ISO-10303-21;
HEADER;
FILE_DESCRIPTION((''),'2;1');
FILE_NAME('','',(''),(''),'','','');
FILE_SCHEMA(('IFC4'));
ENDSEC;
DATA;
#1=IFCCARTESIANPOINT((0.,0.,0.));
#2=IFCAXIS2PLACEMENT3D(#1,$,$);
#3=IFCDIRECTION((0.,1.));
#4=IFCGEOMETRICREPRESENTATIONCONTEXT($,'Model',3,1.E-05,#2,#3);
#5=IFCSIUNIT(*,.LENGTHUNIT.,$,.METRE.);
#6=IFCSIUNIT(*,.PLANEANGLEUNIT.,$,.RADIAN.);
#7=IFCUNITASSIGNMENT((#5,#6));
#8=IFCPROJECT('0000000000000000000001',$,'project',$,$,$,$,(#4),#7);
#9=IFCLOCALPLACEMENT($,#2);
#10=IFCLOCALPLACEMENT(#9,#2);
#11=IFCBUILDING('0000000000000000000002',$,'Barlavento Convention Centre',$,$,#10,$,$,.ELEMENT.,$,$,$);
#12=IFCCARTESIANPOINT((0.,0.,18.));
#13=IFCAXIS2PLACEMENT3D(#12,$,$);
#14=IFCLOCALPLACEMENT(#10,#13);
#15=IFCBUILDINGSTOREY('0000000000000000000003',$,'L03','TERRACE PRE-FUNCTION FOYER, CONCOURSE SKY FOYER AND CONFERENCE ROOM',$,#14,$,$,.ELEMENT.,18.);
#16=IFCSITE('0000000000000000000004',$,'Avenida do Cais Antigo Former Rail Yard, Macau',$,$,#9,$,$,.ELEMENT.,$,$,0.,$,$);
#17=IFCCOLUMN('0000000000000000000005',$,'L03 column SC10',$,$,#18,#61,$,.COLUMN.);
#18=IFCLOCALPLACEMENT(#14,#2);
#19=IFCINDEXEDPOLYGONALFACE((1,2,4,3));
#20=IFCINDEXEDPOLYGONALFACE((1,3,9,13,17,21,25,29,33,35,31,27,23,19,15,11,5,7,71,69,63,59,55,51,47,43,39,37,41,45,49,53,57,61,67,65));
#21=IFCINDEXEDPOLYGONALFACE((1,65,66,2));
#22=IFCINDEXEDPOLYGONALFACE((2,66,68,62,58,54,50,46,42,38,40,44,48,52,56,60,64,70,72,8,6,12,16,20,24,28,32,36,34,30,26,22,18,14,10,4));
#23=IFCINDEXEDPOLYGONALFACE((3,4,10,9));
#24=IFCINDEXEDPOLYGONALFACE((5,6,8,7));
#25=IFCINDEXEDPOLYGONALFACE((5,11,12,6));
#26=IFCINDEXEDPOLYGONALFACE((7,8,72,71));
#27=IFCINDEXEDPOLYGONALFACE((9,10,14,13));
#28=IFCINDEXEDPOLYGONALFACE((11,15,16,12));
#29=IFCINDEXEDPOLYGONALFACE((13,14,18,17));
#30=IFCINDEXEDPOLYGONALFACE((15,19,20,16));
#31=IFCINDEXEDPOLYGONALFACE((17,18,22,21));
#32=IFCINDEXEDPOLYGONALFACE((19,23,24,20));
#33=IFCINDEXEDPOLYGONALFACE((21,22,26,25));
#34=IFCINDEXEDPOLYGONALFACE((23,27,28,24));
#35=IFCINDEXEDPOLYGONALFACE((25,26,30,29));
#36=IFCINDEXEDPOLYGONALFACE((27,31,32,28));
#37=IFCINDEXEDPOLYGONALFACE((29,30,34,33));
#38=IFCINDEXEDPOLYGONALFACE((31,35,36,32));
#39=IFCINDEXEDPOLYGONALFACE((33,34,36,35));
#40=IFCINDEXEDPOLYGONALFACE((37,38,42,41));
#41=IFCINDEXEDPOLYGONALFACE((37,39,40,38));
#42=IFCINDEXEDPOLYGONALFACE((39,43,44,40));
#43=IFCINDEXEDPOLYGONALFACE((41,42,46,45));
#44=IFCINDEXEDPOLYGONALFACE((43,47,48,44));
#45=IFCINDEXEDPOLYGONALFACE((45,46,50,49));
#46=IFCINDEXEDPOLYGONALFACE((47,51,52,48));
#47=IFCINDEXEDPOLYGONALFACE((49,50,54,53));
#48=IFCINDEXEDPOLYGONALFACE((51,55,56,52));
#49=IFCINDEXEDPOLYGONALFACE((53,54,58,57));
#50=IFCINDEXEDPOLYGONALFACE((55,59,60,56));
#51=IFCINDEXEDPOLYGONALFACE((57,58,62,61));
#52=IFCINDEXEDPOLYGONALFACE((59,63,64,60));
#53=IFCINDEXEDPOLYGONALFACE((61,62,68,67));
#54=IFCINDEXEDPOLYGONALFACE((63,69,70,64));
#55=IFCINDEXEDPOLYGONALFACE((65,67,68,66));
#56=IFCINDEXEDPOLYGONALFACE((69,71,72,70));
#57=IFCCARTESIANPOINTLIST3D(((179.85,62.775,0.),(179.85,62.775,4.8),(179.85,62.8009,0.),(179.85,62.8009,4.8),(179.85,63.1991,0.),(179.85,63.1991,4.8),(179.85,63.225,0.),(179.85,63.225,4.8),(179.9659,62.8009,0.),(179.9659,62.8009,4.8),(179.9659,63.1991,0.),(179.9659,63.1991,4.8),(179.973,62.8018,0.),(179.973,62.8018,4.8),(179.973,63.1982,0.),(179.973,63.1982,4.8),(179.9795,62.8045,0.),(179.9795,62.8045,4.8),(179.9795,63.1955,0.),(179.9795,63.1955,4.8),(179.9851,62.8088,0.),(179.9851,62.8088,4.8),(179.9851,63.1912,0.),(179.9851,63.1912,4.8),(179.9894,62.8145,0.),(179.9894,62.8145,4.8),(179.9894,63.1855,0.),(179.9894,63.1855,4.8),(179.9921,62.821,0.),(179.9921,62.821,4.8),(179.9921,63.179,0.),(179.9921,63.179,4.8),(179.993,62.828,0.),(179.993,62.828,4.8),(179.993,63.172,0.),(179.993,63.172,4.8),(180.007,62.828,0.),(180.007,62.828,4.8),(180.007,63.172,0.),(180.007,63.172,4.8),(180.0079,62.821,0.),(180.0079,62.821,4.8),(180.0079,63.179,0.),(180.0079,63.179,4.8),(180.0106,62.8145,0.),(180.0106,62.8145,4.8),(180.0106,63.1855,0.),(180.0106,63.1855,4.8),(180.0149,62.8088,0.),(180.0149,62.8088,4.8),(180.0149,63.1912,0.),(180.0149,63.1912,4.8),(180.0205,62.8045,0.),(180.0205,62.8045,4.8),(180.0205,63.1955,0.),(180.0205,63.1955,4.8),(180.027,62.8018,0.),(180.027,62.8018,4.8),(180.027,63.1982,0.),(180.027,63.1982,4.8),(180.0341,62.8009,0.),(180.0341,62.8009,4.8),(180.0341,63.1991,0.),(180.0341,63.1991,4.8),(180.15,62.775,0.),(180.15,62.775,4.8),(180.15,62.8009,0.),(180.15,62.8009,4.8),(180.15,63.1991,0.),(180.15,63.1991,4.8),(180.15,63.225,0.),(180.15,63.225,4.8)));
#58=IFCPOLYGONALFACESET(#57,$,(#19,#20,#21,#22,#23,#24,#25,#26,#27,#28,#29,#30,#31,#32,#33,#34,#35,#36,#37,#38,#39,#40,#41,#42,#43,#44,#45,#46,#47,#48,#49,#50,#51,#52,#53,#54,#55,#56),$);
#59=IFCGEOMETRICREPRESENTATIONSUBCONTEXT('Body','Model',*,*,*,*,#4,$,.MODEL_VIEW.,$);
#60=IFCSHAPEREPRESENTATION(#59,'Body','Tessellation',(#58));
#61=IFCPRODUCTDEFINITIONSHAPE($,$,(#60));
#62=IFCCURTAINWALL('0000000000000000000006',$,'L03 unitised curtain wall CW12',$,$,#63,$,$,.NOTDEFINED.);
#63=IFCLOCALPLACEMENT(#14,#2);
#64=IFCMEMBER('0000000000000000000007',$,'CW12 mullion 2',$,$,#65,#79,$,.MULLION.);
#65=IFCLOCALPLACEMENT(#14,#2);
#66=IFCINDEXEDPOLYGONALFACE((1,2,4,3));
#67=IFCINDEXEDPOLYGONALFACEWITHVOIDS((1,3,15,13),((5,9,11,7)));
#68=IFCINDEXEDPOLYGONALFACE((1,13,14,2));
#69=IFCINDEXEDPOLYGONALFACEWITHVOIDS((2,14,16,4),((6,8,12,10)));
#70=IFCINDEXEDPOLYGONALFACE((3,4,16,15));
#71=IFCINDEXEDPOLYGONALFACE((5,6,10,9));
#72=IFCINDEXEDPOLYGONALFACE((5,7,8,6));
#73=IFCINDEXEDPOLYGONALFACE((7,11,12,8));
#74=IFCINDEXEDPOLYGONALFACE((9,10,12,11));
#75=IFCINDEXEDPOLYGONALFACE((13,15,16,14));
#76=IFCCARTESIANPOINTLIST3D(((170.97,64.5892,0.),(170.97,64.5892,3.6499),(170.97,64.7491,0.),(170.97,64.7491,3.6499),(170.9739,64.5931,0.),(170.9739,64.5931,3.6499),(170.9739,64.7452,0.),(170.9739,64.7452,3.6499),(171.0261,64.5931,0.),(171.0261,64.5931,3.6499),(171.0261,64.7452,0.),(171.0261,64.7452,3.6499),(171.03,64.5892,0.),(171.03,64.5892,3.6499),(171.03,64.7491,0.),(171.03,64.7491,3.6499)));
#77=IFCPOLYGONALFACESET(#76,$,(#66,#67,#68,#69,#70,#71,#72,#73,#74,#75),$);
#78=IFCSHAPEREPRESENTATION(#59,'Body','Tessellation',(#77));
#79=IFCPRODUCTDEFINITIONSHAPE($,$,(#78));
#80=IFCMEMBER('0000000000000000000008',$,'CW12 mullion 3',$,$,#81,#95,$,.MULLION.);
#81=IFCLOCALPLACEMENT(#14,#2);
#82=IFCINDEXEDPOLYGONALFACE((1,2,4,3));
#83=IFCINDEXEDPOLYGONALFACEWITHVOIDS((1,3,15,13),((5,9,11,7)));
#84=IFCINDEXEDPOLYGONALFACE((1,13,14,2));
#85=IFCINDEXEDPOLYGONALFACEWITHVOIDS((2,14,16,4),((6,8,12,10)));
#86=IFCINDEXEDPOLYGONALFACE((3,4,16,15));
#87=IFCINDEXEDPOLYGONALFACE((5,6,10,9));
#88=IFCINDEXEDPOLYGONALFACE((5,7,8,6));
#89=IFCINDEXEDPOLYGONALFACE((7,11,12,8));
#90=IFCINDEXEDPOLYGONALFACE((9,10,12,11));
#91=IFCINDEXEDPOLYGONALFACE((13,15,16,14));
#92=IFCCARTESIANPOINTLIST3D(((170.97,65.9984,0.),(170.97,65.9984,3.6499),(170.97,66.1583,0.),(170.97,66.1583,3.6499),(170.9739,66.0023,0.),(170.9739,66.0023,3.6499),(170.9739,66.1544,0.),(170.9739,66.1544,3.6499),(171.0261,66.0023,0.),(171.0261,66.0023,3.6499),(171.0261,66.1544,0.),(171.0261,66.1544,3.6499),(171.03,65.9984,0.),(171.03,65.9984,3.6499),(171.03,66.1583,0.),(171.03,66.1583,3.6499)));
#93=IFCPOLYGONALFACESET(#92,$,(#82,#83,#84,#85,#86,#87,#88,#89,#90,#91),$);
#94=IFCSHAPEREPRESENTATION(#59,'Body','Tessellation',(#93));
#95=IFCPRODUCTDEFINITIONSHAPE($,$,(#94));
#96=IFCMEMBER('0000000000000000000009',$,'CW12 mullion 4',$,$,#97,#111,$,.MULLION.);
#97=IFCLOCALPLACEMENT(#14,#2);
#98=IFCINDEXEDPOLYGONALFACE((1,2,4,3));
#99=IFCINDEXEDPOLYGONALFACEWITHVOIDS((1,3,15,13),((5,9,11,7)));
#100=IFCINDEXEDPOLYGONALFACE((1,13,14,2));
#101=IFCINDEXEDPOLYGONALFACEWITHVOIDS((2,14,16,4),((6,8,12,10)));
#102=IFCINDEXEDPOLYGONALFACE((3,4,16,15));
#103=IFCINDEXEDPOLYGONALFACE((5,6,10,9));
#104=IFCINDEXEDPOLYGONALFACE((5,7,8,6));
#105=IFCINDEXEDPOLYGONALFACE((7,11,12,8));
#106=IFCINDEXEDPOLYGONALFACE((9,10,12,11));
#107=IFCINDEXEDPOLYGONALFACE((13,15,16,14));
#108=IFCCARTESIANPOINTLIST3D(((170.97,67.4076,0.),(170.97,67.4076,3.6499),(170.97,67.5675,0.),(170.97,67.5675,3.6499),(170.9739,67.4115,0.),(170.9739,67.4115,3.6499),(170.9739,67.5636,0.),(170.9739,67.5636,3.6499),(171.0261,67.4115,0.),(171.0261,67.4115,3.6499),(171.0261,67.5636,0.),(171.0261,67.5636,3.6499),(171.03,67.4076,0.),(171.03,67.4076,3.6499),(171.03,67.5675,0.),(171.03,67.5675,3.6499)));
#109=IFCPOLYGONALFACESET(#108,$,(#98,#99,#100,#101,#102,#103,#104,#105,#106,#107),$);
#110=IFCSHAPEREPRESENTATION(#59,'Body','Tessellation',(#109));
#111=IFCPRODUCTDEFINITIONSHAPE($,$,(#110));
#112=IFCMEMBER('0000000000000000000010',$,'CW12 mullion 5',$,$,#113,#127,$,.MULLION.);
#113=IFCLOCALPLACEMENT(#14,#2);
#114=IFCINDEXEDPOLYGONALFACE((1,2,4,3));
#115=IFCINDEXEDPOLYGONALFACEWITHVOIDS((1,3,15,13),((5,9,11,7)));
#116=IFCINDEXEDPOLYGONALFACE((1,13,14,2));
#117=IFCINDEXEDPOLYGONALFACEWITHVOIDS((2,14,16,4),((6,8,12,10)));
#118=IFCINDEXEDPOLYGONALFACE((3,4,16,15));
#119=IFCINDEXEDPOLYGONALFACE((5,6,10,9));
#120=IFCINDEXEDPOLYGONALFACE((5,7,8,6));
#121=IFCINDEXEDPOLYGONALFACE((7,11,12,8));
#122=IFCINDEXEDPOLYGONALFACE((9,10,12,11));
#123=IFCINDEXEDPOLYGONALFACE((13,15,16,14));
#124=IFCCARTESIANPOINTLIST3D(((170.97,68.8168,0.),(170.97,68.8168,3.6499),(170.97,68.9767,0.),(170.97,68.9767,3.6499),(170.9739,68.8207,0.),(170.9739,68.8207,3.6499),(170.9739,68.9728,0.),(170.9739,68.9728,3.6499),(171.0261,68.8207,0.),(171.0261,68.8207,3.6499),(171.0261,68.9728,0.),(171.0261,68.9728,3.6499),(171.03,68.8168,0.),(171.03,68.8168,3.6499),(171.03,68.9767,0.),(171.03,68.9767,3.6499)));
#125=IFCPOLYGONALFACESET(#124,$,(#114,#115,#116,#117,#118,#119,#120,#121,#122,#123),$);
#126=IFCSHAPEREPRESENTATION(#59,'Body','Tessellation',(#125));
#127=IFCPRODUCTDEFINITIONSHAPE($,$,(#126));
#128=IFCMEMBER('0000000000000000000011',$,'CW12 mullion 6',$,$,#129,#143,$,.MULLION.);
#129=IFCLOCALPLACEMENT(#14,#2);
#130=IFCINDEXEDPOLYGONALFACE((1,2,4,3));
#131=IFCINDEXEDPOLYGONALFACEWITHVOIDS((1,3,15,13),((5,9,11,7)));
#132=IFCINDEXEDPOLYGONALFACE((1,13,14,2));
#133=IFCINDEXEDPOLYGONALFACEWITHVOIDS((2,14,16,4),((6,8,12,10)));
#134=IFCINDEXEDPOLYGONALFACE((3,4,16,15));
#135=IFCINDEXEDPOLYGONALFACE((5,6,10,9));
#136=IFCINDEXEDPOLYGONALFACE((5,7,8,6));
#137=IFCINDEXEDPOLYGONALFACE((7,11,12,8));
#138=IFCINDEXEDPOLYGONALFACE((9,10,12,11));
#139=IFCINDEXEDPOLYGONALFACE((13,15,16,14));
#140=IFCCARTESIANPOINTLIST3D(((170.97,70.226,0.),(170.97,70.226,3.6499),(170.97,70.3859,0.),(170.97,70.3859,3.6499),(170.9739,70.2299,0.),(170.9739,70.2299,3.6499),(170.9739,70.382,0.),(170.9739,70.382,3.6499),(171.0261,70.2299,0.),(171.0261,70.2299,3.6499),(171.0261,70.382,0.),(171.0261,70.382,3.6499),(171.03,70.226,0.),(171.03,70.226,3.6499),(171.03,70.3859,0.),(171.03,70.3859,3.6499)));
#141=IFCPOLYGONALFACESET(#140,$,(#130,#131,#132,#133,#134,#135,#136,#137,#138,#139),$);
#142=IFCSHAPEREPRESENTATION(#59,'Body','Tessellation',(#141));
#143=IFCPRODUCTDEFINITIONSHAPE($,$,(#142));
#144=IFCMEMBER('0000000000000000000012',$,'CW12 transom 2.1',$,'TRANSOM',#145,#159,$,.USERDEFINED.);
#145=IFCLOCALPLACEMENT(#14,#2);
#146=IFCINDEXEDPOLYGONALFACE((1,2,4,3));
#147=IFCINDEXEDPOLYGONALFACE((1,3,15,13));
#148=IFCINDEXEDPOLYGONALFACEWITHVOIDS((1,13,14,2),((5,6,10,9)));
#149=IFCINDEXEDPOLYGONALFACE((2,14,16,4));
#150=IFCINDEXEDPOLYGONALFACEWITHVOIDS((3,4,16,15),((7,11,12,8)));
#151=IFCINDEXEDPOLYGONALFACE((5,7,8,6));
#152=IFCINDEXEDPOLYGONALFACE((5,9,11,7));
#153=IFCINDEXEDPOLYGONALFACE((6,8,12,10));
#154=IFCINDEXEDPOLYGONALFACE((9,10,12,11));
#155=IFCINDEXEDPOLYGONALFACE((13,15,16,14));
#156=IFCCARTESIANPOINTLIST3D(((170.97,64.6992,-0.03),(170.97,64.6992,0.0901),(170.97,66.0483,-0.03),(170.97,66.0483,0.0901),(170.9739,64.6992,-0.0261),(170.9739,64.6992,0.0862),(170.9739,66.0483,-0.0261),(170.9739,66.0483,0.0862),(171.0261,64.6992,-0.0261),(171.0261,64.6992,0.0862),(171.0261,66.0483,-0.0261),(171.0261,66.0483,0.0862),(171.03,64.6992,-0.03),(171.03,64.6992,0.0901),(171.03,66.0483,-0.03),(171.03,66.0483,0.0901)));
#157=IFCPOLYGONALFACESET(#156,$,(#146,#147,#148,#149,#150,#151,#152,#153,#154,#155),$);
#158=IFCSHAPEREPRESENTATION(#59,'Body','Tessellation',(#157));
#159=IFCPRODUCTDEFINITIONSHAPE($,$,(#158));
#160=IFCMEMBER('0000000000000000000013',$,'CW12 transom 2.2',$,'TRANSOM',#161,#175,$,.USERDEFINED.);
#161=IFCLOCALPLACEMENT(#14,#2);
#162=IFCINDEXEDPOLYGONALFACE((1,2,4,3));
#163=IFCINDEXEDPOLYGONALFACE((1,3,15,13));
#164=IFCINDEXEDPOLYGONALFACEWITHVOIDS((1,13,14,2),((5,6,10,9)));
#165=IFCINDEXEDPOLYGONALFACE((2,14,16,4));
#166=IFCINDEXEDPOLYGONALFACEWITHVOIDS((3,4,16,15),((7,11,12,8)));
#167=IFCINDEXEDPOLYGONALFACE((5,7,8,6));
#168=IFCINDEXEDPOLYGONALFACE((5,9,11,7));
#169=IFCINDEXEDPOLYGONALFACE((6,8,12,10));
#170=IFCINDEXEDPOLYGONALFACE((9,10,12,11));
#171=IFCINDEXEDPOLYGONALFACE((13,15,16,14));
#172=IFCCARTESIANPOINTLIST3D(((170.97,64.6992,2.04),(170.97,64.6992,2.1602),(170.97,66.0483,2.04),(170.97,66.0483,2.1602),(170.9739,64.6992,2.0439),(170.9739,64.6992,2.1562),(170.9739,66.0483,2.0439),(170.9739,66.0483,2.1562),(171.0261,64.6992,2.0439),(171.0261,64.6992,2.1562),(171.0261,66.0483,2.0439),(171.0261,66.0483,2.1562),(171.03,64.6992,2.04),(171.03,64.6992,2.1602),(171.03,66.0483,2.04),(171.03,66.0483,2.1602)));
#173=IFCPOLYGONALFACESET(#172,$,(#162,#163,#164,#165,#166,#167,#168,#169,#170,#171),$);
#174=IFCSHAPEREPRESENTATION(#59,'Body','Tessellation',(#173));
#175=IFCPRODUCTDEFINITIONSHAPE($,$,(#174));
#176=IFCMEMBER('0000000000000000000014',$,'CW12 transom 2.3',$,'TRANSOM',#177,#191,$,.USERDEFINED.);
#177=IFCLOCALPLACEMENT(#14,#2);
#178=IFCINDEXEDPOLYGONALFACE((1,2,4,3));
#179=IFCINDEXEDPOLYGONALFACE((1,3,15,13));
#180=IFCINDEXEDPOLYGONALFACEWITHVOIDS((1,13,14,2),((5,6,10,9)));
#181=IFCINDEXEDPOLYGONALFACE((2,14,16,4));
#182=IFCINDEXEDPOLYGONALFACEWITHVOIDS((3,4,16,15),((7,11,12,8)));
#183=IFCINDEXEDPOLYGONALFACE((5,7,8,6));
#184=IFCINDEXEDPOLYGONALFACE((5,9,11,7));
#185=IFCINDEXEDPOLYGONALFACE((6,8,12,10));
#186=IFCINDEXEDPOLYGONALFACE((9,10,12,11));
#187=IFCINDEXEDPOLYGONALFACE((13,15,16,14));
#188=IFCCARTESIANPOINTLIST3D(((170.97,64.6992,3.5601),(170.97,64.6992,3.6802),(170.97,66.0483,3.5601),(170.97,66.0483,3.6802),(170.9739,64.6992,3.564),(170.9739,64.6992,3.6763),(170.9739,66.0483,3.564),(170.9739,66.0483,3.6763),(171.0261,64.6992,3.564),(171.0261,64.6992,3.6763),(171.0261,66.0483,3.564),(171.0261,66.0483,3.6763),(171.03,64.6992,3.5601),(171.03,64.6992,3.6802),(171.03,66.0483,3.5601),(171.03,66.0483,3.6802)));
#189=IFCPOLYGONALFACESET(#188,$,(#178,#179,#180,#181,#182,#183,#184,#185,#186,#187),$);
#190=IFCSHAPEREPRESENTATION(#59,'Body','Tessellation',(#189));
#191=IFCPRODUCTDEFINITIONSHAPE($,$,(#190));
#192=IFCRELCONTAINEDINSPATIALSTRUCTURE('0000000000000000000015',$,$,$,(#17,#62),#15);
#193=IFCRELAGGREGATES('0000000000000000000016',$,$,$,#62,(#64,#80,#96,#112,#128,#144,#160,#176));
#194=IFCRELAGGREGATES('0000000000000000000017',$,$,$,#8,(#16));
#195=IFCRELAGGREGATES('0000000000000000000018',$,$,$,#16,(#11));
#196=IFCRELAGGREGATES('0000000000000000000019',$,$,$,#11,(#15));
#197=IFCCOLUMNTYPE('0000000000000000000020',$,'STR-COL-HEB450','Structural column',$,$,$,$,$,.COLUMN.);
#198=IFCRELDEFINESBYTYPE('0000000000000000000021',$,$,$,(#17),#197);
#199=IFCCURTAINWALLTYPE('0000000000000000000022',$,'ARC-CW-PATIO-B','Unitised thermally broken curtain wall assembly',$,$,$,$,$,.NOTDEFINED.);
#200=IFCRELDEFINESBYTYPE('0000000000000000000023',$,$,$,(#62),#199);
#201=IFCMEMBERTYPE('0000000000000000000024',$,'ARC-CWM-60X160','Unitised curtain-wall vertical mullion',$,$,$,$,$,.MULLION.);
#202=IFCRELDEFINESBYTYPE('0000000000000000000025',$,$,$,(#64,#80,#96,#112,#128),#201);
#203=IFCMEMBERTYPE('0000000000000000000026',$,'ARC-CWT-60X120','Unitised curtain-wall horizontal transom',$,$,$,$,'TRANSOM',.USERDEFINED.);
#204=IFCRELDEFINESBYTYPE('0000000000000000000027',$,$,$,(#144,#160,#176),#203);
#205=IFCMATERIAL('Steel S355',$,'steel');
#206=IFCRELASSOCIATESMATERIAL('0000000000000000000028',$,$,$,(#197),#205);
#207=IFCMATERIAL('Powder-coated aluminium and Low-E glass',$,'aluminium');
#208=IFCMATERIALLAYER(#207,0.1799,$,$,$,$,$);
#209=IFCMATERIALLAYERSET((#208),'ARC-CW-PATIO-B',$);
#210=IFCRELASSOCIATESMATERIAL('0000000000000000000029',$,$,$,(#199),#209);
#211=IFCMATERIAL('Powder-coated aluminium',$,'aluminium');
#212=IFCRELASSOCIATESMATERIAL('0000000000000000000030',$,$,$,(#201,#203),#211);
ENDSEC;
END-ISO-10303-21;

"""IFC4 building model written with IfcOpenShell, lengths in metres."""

from ifc_helpers import new_model, si_unit, direction, frame, origin, origin_2d, place, context, subcontext, project, spatial, hollow_rectangle, i_section, extrude, material, layer, layer_set, material_profile, profile_set, type_object, element, aggregate, save


model = new_model("IFC4")

# Units and contexts
model_context = context("Model", 3, precision=1e-05, world=origin(), true_north=direction((0.0, 1.0)))
body_context = subcontext(model_context, "Body", "Model", "MODEL_VIEW")
ifc_project = project(units=[si_unit("LENGTHUNIT", "METRE"), si_unit("PLANEANGLEUNIT", "RADIAN")], contexts=[model_context])

# Site, building, storey
site_placement = place(None, origin())
site = spatial("IfcSite", under=ifc_project, at=site_placement, Name="Avenida do Cais Antigo Former Rail Yard, Macau", CompositionType="ELEMENT", RefElevation=0.0)
building_placement = place(site_placement, origin())
building = spatial("IfcBuilding", under=site, at=building_placement, Name="Barlavento Convention Centre", CompositionType="ELEMENT")
storey_placement = place(building_placement, frame((0.0, 0.0, 18.0)))
storey = spatial("IfcBuildingStorey", under=building, at=storey_placement, Name="L03", Description="TERRACE PRE-FUNCTION FOYER, CONCOURSE SKY FOYER AND CONFERENCE ROOM", CompositionType="ELEMENT", Elevation=18.0)

# Column
ifc_material_1 = material(Name="Steel S355", Category="steel")
ifc_material_profile_1 = material_profile(ifc_material_1, i_section(OverallWidth=0.3, OverallDepth=0.45, WebThickness=0.0139, FlangeThickness=0.0259, FilletRadius=0.0271, at=origin_2d()), Name="HEB 450")
ifc_profile_set_1 = profile_set([ifc_material_profile_1], Name="Steel S355")
column_type = type_object("IfcColumnType", Name="STR-COL-HEB450", Description="Structural column", PredefinedType="COLUMN", material=ifc_profile_set_1)
column_placement = place(storey_placement, frame((180.0, 63.0, 0.0), z_axis=(0.0, 0.0, 1.0), x_axis=(1.0, 0.0, 0.0)))
element("IfcColumn", 1, at=column_placement, inside=storey, type_object=column_type, Name="L03 column SC10", PredefinedType="COLUMN", context=body_context, shape_type="SweptSolid", body=[
    extrude(i_section(OverallWidth=0.3, OverallDepth=0.45, WebThickness=0.0139, FlangeThickness=0.0259, FilletRadius=0.0271, at=origin_2d()), origin(), (0.0, 0.0, 1.0), 4.8),
])

# Curtain wall, members
ifc_material_2 = material(Name="Powder-coated aluminium and Low-E glass", Category="aluminium")
ifc_layer_1 = layer(ifc_material_2, 0.1799)
ifc_layer_set_1 = layer_set([ifc_layer_1], Name="ARC-CW-PATIO-B")
curtain_wall_type = type_object("IfcCurtainWallType", Name="ARC-CW-PATIO-B", Description="Unitised thermally broken curtain wall assembly", PredefinedType="NOTDEFINED", material=ifc_layer_set_1)
curtain_wall_placement = place(storey_placement, origin())
curtain_wall = element("IfcCurtainWall", 2, at=curtain_wall_placement, inside=storey, type_object=curtain_wall_type, Name="L03 unitised curtain wall CW12", PredefinedType="NOTDEFINED")
ifc_material_3 = material(Name="Powder-coated aluminium", Category="aluminium")
ifc_material_profile_2 = material_profile(ifc_material_3, hollow_rectangle(XDim=0.0601, YDim=0.1599, WallThickness=0.0039, at=origin_2d()), Name="AL-MULL 60x160x4")
ifc_profile_set_2 = profile_set([ifc_material_profile_2], Name="Powder-coated aluminium")
member_type_1 = type_object("IfcMemberType", Name="ARC-CWM-60X160", Description="Unitised curtain-wall vertical mullion", PredefinedType="MULLION", material=ifc_profile_set_2)
member_1_placement = place(storey_placement, frame((171.0, 64.6692, 0.0), z_axis=(0.0, 0.0, 1.0), x_axis=(-1.0, 0.0, 0.0)))
member_1 = element("IfcMember", 3, at=member_1_placement, type_object=member_type_1, Name="CW12 mullion 2", PredefinedType="MULLION", context=body_context, shape_type="SweptSolid", body=[
    extrude(hollow_rectangle(XDim=0.0601, YDim=0.1599, WallThickness=0.0039, at=origin_2d()), origin(), (0.0, 0.0, 1.0), 3.6499),
])
member_2_placement = place(storey_placement, frame((171.0, 66.0784, 0.0), z_axis=(0.0, 0.0, 1.0), x_axis=(-1.0, 0.0, 0.0)))
member_2 = element("IfcMember", 4, at=member_2_placement, type_object=member_type_1, Name="CW12 mullion 3", PredefinedType="MULLION", context=body_context, shape_type="SweptSolid", body=[
    extrude(hollow_rectangle(XDim=0.0601, YDim=0.1599, WallThickness=0.0039, at=origin_2d()), origin(), (0.0, 0.0, 1.0), 3.6499),
])
member_3_placement = place(storey_placement, frame((171.0, 67.4875, 0.0), z_axis=(0.0, 0.0, 1.0), x_axis=(-1.0, 0.0, 0.0)))
member_3 = element("IfcMember", 5, at=member_3_placement, type_object=member_type_1, Name="CW12 mullion 4", PredefinedType="MULLION", context=body_context, shape_type="SweptSolid", body=[
    extrude(hollow_rectangle(XDim=0.0601, YDim=0.1599, WallThickness=0.0039, at=origin_2d()), origin(), (0.0, 0.0, 1.0), 3.6499),
])
member_4_placement = place(storey_placement, frame((171.0, 68.8967, 0.0), z_axis=(0.0, 0.0, 1.0), x_axis=(-1.0, 0.0, 0.0)))
member_4 = element("IfcMember", 6, at=member_4_placement, type_object=member_type_1, Name="CW12 mullion 5", PredefinedType="MULLION", context=body_context, shape_type="SweptSolid", body=[
    extrude(hollow_rectangle(XDim=0.0601, YDim=0.1599, WallThickness=0.0039, at=origin_2d()), origin(), (0.0, 0.0, 1.0), 3.6499),
])
member_5_placement = place(storey_placement, frame((171.0, 70.3059, 0.0), z_axis=(0.0, 0.0, 1.0), x_axis=(-1.0, 0.0, 0.0)))
member_5 = element("IfcMember", 7, at=member_5_placement, type_object=member_type_1, Name="CW12 mullion 6", PredefinedType="MULLION", context=body_context, shape_type="SweptSolid", body=[
    extrude(hollow_rectangle(XDim=0.0601, YDim=0.1599, WallThickness=0.0039, at=origin_2d()), origin(), (0.0, 0.0, 1.0), 3.6499),
])
ifc_material_profile_3 = material_profile(ifc_material_3, hollow_rectangle(XDim=0.0601, YDim=0.1201, WallThickness=0.0039, at=origin_2d()), Name="AL-TRAN 60x120x4")
ifc_profile_set_3 = profile_set([ifc_material_profile_3], Name="Powder-coated aluminium")
member_type_2 = type_object("IfcMemberType", Name="ARC-CWT-60X120", Description="Unitised curtain-wall horizontal transom", ElementType="TRANSOM", PredefinedType="USERDEFINED", material=ifc_profile_set_3)
member_6_placement = place(storey_placement, frame((171.0, 64.6992, 0.03), z_axis=(0.0, 1.0, 0.0), x_axis=(-1.0, 0.0, 0.0)))
member_6 = element("IfcMember", 8, at=member_6_placement, type_object=member_type_2, Name="CW12 transom 2.1", ObjectType="TRANSOM", PredefinedType="USERDEFINED", context=body_context, shape_type="SweptSolid", body=[
    extrude(hollow_rectangle(XDim=0.0601, YDim=0.1201, WallThickness=0.0039, at=origin_2d()), origin(), (0.0, 0.0, 1.0), 1.3491),
])
member_7_placement = place(storey_placement, frame((171.0, 64.6992, 2.1001), z_axis=(0.0, 1.0, 0.0), x_axis=(-1.0, 0.0, 0.0)))
member_7 = element("IfcMember", 9, at=member_7_placement, type_object=member_type_2, Name="CW12 transom 2.2", ObjectType="TRANSOM", PredefinedType="USERDEFINED", context=body_context, shape_type="SweptSolid", body=[
    extrude(hollow_rectangle(XDim=0.0601, YDim=0.1201, WallThickness=0.0039, at=origin_2d()), origin(), (0.0, 0.0, 1.0), 1.3491),
])
member_8_placement = place(storey_placement, frame((171.0, 64.6992, 3.6201), z_axis=(0.0, 1.0, 0.0), x_axis=(-1.0, 0.0, 0.0)))
member_8 = element("IfcMember", 10, at=member_8_placement, type_object=member_type_2, Name="CW12 transom 2.3", ObjectType="TRANSOM", PredefinedType="USERDEFINED", context=body_context, shape_type="SweptSolid", body=[
    extrude(hollow_rectangle(XDim=0.0601, YDim=0.1201, WallThickness=0.0039, at=origin_2d()), origin(), (0.0, 0.0, 1.0), 1.3491),
])

aggregate(curtain_wall, [member_1, member_2, member_3, member_4, member_5, member_6, member_7, member_8])

save(model, "model.ifc")
